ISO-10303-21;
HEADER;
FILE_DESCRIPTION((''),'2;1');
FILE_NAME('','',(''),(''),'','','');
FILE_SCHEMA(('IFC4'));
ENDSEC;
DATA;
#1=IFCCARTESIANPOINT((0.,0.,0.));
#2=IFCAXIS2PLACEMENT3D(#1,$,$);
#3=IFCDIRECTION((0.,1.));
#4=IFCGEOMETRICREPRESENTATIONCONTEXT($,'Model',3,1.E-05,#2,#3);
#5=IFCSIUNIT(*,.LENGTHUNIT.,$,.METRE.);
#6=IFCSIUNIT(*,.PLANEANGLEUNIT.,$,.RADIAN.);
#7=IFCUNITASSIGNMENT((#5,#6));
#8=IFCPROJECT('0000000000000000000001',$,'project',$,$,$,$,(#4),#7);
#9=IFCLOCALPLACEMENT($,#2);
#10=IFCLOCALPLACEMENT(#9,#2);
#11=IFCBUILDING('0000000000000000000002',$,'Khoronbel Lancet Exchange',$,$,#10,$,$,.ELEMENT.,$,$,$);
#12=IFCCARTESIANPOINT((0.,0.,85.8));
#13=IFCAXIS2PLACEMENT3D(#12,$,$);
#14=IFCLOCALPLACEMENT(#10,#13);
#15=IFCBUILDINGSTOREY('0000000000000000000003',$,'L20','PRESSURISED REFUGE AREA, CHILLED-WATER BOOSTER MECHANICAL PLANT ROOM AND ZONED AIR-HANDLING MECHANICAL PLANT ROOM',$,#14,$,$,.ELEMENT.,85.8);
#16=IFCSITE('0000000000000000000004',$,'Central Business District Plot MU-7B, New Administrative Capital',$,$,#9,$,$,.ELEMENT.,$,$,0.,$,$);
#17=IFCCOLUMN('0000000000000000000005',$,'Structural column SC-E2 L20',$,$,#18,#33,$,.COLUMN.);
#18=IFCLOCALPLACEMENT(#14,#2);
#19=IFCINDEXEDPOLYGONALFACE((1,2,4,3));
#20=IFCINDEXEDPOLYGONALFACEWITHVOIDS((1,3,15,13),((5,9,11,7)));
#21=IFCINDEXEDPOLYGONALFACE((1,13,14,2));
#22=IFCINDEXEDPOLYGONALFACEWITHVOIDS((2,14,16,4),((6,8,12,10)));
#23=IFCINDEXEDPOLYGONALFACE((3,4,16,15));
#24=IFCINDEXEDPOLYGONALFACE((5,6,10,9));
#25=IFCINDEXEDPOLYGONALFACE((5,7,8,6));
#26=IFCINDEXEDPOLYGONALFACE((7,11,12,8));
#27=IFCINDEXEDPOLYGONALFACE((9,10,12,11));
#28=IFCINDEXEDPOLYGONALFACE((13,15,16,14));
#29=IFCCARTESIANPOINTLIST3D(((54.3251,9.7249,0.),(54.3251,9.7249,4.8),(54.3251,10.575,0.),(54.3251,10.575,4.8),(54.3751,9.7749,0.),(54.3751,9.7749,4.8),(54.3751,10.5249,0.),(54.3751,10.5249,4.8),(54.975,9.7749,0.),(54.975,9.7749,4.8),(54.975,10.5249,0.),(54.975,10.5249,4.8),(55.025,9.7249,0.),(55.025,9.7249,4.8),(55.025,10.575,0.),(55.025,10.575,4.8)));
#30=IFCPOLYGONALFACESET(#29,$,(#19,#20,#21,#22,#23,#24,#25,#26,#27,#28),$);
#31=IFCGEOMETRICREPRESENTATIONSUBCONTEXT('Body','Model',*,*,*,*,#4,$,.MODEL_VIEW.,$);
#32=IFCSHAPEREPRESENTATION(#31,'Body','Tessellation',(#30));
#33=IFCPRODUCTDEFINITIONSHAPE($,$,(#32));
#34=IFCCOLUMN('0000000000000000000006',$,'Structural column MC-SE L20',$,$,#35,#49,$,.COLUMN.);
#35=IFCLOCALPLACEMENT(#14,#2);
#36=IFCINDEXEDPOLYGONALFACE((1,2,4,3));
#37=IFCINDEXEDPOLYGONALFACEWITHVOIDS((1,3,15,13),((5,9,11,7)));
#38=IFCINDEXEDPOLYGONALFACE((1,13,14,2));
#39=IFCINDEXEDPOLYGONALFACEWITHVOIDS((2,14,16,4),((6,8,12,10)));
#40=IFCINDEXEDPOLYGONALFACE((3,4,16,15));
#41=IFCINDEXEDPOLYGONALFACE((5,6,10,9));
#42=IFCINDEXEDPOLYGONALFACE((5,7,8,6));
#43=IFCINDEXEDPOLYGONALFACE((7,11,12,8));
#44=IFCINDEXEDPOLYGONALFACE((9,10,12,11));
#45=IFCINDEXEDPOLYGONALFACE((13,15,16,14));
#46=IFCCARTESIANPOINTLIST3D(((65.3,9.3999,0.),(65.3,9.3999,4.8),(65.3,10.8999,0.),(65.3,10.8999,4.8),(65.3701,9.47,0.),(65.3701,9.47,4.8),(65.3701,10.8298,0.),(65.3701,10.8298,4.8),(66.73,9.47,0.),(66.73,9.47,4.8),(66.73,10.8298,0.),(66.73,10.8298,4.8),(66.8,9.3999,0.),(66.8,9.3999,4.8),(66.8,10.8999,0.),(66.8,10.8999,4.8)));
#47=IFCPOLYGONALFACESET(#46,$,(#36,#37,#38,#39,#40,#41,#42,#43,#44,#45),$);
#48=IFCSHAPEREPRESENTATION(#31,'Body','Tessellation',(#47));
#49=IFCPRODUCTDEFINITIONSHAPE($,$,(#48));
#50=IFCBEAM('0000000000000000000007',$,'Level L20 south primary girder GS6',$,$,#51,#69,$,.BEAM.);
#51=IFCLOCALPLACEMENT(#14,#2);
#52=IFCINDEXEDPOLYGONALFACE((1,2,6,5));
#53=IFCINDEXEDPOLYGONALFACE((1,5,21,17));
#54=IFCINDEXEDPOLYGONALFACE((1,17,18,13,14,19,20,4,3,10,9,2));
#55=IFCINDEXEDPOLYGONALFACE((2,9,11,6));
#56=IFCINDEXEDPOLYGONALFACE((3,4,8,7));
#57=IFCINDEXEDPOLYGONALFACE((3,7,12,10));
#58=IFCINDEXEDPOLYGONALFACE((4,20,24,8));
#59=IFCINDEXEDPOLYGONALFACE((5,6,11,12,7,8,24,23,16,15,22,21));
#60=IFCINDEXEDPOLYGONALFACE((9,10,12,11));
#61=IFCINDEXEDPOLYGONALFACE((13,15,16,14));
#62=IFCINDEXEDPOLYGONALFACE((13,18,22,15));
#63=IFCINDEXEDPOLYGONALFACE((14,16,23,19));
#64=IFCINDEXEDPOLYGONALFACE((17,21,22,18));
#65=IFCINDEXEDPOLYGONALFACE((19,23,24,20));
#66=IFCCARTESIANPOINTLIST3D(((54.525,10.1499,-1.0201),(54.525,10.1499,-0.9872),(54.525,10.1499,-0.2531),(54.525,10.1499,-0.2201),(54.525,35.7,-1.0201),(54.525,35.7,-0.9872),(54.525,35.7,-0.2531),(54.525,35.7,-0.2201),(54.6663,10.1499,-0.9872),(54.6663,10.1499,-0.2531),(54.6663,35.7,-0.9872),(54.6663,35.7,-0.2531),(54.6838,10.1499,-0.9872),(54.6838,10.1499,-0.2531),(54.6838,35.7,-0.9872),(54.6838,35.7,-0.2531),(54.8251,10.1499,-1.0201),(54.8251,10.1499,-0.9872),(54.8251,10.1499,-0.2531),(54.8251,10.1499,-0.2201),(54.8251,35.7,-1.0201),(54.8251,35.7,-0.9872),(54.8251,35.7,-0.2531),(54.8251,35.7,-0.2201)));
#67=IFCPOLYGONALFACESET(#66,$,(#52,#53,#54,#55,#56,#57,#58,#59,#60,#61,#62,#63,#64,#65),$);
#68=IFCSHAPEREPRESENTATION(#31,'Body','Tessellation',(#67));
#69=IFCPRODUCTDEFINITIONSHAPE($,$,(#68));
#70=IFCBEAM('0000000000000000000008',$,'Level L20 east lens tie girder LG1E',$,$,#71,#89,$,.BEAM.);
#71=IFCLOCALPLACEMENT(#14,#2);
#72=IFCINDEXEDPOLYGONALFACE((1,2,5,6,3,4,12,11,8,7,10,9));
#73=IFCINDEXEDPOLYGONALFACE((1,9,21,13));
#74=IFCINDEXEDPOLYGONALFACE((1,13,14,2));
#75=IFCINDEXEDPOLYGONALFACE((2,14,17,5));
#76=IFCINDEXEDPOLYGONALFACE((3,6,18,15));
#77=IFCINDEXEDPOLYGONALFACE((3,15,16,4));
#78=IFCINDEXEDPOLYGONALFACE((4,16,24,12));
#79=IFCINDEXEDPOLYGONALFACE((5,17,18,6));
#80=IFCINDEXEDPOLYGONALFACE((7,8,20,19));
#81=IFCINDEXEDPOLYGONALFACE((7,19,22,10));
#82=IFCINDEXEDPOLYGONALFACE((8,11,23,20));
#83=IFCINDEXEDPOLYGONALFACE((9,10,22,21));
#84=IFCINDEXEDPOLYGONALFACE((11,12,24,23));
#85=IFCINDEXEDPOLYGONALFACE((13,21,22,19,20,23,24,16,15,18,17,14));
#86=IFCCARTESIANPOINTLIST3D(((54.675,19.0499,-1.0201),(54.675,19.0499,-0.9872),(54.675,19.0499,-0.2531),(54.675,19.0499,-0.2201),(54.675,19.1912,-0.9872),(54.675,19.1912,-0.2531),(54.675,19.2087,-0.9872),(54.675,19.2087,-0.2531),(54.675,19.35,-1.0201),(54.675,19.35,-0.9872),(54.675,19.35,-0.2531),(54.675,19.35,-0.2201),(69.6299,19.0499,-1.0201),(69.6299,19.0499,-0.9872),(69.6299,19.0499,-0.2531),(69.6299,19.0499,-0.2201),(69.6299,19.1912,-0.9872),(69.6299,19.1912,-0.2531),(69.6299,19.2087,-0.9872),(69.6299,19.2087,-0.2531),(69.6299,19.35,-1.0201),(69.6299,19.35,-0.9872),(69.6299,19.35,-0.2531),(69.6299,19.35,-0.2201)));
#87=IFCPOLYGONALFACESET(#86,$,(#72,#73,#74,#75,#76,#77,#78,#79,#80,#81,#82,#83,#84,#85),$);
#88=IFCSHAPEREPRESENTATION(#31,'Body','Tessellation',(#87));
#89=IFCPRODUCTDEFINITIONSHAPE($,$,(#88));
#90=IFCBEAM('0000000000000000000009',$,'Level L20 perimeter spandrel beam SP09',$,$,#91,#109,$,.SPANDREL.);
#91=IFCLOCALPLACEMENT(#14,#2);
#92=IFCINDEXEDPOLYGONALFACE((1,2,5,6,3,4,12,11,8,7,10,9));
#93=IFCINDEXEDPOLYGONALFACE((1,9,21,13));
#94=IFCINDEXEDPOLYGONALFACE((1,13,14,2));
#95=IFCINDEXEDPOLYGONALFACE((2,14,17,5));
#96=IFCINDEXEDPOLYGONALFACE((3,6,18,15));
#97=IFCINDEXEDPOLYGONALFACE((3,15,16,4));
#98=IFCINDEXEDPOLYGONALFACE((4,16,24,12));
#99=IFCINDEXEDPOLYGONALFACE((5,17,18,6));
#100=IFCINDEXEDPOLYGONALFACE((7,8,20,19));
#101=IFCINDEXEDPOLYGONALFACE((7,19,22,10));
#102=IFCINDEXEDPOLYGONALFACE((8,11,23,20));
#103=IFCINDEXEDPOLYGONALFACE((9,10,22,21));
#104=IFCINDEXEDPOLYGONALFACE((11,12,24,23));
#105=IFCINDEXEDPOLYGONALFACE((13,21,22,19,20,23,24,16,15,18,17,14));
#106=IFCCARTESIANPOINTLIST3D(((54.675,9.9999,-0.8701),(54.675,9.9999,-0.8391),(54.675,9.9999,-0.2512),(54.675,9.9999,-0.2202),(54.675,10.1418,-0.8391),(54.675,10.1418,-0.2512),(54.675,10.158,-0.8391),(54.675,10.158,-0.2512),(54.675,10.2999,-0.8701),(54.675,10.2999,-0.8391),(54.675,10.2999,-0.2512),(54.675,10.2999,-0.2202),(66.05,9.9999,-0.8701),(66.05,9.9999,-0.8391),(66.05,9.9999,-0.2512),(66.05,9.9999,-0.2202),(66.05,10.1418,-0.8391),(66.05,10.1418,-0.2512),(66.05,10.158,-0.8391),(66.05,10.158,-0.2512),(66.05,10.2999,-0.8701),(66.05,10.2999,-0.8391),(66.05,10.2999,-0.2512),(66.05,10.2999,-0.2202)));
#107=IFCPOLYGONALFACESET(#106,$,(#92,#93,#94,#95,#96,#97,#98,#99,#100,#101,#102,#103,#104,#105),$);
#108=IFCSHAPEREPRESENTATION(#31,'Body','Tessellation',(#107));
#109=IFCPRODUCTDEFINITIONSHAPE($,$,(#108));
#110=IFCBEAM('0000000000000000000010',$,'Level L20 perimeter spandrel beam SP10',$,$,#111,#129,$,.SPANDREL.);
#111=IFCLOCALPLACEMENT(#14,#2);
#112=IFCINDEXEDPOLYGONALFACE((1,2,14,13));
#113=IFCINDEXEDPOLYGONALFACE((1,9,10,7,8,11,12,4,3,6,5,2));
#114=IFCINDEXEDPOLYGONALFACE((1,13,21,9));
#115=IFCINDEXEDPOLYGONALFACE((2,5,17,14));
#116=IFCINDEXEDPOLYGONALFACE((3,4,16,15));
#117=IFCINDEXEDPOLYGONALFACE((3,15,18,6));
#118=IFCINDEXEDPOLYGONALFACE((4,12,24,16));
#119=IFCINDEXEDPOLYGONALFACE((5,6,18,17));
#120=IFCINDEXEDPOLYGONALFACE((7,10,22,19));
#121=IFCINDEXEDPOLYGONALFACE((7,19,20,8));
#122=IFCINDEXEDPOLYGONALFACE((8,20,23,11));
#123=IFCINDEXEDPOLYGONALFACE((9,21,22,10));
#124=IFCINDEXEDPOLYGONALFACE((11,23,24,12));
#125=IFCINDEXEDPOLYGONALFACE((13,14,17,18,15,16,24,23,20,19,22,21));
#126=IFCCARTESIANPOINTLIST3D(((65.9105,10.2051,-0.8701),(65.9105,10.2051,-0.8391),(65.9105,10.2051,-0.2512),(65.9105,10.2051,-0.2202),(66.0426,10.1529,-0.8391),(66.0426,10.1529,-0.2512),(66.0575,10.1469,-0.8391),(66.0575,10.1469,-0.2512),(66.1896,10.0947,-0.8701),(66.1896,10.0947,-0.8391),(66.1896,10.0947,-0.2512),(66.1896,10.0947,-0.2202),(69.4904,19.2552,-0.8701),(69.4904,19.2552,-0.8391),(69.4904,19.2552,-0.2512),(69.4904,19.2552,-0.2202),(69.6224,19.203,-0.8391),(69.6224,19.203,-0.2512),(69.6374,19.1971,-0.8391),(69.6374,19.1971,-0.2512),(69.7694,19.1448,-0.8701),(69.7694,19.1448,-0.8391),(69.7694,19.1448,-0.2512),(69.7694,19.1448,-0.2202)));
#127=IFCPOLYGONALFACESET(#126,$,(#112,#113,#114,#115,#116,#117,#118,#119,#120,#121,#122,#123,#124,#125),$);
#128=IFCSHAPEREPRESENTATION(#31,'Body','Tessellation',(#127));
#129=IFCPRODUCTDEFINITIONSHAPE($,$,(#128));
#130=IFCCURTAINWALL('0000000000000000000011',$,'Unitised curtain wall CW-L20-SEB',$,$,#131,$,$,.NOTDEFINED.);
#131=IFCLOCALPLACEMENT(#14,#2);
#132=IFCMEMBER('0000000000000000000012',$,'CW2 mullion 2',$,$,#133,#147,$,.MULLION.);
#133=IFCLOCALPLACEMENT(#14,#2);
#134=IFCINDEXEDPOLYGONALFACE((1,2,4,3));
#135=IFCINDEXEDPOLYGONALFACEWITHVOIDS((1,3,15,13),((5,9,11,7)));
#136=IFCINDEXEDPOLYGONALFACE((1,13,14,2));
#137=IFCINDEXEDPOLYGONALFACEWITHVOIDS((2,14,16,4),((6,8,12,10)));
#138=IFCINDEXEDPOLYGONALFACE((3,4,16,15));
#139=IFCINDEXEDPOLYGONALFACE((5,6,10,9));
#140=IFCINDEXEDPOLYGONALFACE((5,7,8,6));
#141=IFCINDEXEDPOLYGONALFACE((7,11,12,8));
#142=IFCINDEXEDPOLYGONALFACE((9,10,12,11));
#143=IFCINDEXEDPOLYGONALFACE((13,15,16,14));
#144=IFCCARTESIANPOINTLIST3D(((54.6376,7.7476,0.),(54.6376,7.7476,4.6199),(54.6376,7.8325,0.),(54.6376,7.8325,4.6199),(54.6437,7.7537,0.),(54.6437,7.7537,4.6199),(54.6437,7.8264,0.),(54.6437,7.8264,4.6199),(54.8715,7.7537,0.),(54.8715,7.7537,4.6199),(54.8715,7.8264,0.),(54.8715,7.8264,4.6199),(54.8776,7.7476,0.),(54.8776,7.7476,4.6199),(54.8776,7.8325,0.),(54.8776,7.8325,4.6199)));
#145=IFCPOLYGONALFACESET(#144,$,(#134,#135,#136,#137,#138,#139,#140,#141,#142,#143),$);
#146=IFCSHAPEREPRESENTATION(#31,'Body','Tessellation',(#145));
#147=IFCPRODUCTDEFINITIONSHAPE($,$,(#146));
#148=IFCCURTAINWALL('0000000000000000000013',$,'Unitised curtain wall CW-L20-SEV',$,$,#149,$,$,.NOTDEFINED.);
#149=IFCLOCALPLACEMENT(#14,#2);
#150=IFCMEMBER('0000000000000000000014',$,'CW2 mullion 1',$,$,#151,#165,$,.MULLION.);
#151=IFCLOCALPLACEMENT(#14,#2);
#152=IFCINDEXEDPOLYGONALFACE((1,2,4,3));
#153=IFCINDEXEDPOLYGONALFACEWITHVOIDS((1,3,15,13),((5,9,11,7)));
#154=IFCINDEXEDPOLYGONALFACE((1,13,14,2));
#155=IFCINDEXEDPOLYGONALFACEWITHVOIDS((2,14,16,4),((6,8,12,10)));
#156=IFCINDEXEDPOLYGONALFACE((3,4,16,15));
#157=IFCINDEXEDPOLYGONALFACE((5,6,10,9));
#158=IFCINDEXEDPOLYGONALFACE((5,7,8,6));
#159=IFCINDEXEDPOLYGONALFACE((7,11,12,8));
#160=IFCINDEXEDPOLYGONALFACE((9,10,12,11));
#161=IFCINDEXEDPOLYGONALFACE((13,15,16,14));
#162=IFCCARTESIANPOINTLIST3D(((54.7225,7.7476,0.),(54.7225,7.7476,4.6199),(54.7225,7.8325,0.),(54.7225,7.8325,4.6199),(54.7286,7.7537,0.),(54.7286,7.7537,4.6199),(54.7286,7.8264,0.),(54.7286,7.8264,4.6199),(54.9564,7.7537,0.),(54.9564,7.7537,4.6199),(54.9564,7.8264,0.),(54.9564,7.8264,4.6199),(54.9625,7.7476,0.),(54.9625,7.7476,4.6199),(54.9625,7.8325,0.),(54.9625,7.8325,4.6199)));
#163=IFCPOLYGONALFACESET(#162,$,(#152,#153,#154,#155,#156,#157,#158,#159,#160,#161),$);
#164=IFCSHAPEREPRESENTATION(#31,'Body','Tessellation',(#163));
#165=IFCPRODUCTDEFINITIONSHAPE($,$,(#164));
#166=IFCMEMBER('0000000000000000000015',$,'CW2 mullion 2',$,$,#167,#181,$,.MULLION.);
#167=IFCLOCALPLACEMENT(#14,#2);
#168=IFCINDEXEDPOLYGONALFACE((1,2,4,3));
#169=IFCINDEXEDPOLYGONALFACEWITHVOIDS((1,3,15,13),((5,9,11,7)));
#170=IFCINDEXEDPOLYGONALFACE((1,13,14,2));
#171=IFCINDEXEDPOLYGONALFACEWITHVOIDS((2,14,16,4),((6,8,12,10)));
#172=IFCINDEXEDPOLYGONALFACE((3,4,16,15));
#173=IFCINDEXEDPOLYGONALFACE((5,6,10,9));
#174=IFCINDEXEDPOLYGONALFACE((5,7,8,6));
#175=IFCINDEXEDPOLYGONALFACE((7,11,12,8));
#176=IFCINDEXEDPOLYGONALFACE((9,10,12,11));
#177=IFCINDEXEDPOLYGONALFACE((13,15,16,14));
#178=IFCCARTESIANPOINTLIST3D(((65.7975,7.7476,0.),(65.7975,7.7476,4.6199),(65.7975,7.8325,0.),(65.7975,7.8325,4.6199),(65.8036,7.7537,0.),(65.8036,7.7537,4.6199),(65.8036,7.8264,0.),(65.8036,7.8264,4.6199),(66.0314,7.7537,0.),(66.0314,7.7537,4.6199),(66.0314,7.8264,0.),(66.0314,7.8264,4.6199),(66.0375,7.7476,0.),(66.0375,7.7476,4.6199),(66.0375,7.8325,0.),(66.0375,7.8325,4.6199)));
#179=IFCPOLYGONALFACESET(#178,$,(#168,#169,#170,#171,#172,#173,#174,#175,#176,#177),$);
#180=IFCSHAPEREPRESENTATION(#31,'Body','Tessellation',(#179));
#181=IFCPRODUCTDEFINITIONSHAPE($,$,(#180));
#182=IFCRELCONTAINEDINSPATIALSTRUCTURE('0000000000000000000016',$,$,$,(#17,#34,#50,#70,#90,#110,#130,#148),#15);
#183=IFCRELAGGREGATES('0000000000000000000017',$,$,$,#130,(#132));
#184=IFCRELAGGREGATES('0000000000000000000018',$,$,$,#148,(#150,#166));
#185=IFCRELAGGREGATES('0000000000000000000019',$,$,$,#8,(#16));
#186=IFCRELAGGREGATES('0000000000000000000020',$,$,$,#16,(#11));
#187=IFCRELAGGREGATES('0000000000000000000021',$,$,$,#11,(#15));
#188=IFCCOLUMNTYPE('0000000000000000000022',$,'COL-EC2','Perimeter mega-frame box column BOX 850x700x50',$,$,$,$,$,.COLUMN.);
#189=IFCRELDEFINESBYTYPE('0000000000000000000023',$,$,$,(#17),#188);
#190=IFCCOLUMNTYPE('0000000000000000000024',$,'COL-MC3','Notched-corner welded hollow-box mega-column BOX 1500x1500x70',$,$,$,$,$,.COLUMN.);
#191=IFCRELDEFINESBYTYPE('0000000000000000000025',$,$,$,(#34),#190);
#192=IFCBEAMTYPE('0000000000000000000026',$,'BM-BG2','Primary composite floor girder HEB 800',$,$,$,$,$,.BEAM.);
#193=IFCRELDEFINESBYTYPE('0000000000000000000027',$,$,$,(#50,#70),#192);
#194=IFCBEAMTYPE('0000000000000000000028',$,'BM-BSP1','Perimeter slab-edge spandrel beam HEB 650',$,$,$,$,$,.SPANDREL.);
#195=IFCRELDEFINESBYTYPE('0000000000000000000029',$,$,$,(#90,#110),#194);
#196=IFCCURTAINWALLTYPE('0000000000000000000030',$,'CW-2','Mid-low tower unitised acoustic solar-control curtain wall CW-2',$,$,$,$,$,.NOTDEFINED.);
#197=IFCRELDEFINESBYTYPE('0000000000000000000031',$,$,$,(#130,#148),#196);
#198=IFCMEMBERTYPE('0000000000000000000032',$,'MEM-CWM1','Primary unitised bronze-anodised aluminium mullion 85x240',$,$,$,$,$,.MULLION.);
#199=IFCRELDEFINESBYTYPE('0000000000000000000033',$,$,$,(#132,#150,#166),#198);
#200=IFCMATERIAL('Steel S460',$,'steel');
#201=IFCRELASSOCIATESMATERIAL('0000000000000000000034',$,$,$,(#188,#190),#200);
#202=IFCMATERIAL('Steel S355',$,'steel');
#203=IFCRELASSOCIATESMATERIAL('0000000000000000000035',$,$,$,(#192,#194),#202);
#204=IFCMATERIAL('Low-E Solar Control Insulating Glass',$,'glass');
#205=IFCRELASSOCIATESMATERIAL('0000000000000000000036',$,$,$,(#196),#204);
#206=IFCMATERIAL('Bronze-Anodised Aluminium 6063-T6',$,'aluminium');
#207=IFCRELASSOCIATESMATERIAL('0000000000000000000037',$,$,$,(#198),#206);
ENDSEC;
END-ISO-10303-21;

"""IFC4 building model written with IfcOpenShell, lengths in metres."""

from ifc_helpers import new_model, si_unit, direction, frame, origin, origin_2d, place, context, subcontext, project, spatial, hollow_rectangle, i_section, extrude, material, material_profile, profile_set, type_object, element, aggregate, save


model = new_model("IFC4")

# Units and contexts
model_context = context("Model", 3, precision=1e-05, world=origin(), true_north=direction((0.0, 1.0)))
body_context = subcontext(model_context, "Body", "Model", "MODEL_VIEW")
ifc_project = project(units=[si_unit("LENGTHUNIT", "METRE"), si_unit("PLANEANGLEUNIT", "RADIAN")], contexts=[model_context])

# Site, building, storey
site_placement = place(None, origin())
site = spatial("IfcSite", under=ifc_project, at=site_placement, Name="Central Business District Plot MU-7B, New Administrative Capital", CompositionType="ELEMENT", RefElevation=0.0)
building_placement = place(site_placement, origin())
building = spatial("IfcBuilding", under=site, at=building_placement, Name="Khoronbel Lancet Exchange", CompositionType="ELEMENT")
storey_placement = place(building_placement, frame((0.0, 0.0, 85.8)))
storey = spatial("IfcBuildingStorey", under=building, at=storey_placement, Name="L20", Description="PRESSURISED REFUGE AREA, CHILLED-WATER BOOSTER MECHANICAL PLANT ROOM AND ZONED AIR-HANDLING MECHANICAL PLANT ROOM", CompositionType="ELEMENT", Elevation=85.8)

# Columns
ifc_material_1 = material(Name="Steel S460", Category="steel")
ifc_material_profile_1 = material_profile(ifc_material_1, hollow_rectangle(XDim=0.7, YDim=0.8501, WallThickness=0.05, at=origin_2d()), Name="BOX 850x700x50")
ifc_profile_set_1 = profile_set([ifc_material_profile_1], Name="Steel S460")
column_type_1 = type_object("IfcColumnType", Name="COL-EC2", Description="Perimeter mega-frame box column BOX 850x700x50", PredefinedType="COLUMN", material=ifc_profile_set_1)
column_1_placement = place(storey_placement, frame((54.675, 10.1499, 0.0), z_axis=(0.0, 0.0, 1.0), x_axis=(1.0, 0.0, 0.0)))
element("IfcColumn", 1, at=column_1_placement, inside=storey, type_object=column_type_1, Name="Structural column SC-E2 L20", PredefinedType="COLUMN", context=body_context, shape_type="SweptSolid", body=[
    extrude(hollow_rectangle(XDim=0.7, YDim=0.8501, WallThickness=0.05, at=origin_2d()), origin(), (0.0, 0.0, 1.0), 4.8),
])
ifc_material_profile_2 = material_profile(ifc_material_1, hollow_rectangle(XDim=1.5, YDim=1.5, WallThickness=0.0701, at=origin_2d()), Name="BOX 1500x1500x70")
ifc_profile_set_2 = profile_set([ifc_material_profile_2], Name="Steel S460")
column_type_2 = type_object("IfcColumnType", Name="COL-MC3", Description="Notched-corner welded hollow-box mega-column BOX 1500x1500x70", PredefinedType="COLUMN", material=ifc_profile_set_2)
column_2_placement = place(storey_placement, frame((66.05, 10.1499, 0.0), z_axis=(0.0, 0.0, 1.0), x_axis=(1.0, 0.0, 0.0)))
element("IfcColumn", 2, at=column_2_placement, inside=storey, type_object=column_type_2, Name="Structural column MC-SE L20", PredefinedType="COLUMN", context=body_context, shape_type="SweptSolid", body=[
    extrude(hollow_rectangle(XDim=1.5, YDim=1.5, WallThickness=0.0701, at=origin_2d()), origin(), (0.0, 0.0, 1.0), 4.8),
])

# Beams
ifc_material_2 = material(Name="Steel S355", Category="steel")
ifc_material_profile_3 = material_profile(ifc_material_2, i_section(OverallWidth=0.3, OverallDepth=0.8, WebThickness=0.0176, FlangeThickness=0.033, at=origin_2d()), Name="HEB 800")
ifc_profile_set_3 = profile_set([ifc_material_profile_3], Name="Steel S355")
beam_type_1 = type_object("IfcBeamType", Name="BM-BG2", Description="Primary composite floor girder HEB 800", PredefinedType="BEAM", material=ifc_profile_set_3)
beam_1_placement = place(storey_placement, frame((54.675, 10.1499, -0.6201), z_axis=(0.0, 1.0, 0.0), x_axis=(-1.0, 0.0, 0.0)))
element("IfcBeam", 3, at=beam_1_placement, inside=storey, type_object=beam_type_1, Name="Level L20 south primary girder GS6", PredefinedType="BEAM", context=body_context, shape_type="SweptSolid", body=[
    extrude(i_section(OverallWidth=0.3, OverallDepth=0.8, WebThickness=0.0176, FlangeThickness=0.033, at=origin_2d()), origin(), (0.0, 0.0, 1.0), 25.55),
])
beam_2_placement = place(storey_placement, frame((54.675, 19.2, -0.6201), z_axis=(1.0, 0.0, 0.0), x_axis=(0.0, 1.0, 0.0)))
element("IfcBeam", 4, at=beam_2_placement, inside=storey, type_object=beam_type_1, Name="Level L20 east lens tie girder LG1E", PredefinedType="BEAM", context=body_context, shape_type="SweptSolid", body=[
    extrude(i_section(OverallWidth=0.3, OverallDepth=0.8, WebThickness=0.0176, FlangeThickness=0.033, at=origin_2d()), origin(), (0.0, 0.0, 1.0), 14.9548),
])
ifc_material_profile_4 = material_profile(ifc_material_2, i_section(OverallWidth=0.3, OverallDepth=0.6499, WebThickness=0.0161, FlangeThickness=0.031, at=origin_2d()), Name="HEB 650")
ifc_profile_set_4 = profile_set([ifc_material_profile_4], Name="Steel S355")
beam_type_2 = type_object("IfcBeamType", Name="BM-BSP1", Description="Perimeter slab-edge spandrel beam HEB 650", PredefinedType="SPANDREL", material=ifc_profile_set_4)
beam_3_placement = place(storey_placement, frame((54.675, 10.1499, -0.5452), z_axis=(1.0, 0.0, 0.0), x_axis=(0.0, 1.0, 0.0)))
element("IfcBeam", 5, at=beam_3_placement, inside=storey, type_object=beam_type_2, Name="Level L20 perimeter spandrel beam SP09", PredefinedType="SPANDREL", context=body_context, shape_type="SweptSolid", body=[
    extrude(i_section(OverallWidth=0.3, OverallDepth=0.6499, WebThickness=0.0161, FlangeThickness=0.031, at=origin_2d()), origin(), (0.0, 0.0, 1.0), 11.375),
])
beam_4_placement = place(storey_placement, frame((66.05, 10.1499, -0.5452), z_axis=(0.367828, 0.929894, 0.0), x_axis=(-0.929894, 0.367828, 0.0)))
element("IfcBeam", 6, at=beam_4_placement, inside=storey, type_object=beam_type_2, Name="Level L20 perimeter spandrel beam SP10", PredefinedType="SPANDREL", context=body_context, shape_type="SweptSolid", body=[
    extrude(i_section(OverallWidth=0.3, OverallDepth=0.6499, WebThickness=0.0161, FlangeThickness=0.031, at=origin_2d()), origin(), (0.0, 0.0, 1.0), 9.7324),
])

# Curtain wall, member
ifc_material_3 = material(Name="Low-E Solar Control Insulating Glass", Category="glass")
curtain_wall_type_1 = type_object("IfcCurtainWallType", Name="CW-2", Description="Mid-low tower unitised acoustic solar-control curtain wall CW-2", PredefinedType="NOTDEFINED", material=ifc_material_3)
curtain_wall_1_placement = place(storey_placement, origin())
curtain_wall_1 = element("IfcCurtainWall", 7, at=curtain_wall_1_placement, inside=storey, type_object=curtain_wall_type_1, Name="Unitised curtain wall CW-L20-SEB", PredefinedType="NOTDEFINED")
ifc_material_4 = material(Name="Bronze-Anodised Aluminium 6063-T6", Category="aluminium")
ifc_material_profile_5 = material_profile(ifc_material_4, hollow_rectangle(XDim=0.085, YDim=0.24, WallThickness=0.0061, at=origin_2d()), Name="ALU MULLION 85x240")
ifc_profile_set_5 = profile_set([ifc_material_profile_5], Name="Bronze-Anodised Aluminium 6063-T6")
member_type_1 = type_object("IfcMemberType", Name="MEM-CWM1", Description="Primary unitised bronze-anodised aluminium mullion 85x240", PredefinedType="MULLION", material=ifc_profile_set_5)
member_1_placement = place(storey_placement, frame((54.7576, 7.79, 0.0), z_axis=(0.0, 0.0, 1.0), x_axis=(0.0, 1.0, 0.0)))
member_1 = element("IfcMember", 8, at=member_1_placement, type_object=member_type_1, Name="CW2 mullion 2", PredefinedType="MULLION", context=body_context, shape_type="SweptSolid", body=[
    extrude(hollow_rectangle(XDim=0.085, YDim=0.24, WallThickness=0.0061, at=origin_2d()), origin(), (0.0, 0.0, 1.0), 4.6199),
])

# Curtain wall, members
curtain_wall_2_placement = place(storey_placement, origin())
curtain_wall_2 = element("IfcCurtainWall", 9, at=curtain_wall_2_placement, inside=storey, type_object=curtain_wall_type_1, Name="Unitised curtain wall CW-L20-SEV", PredefinedType="NOTDEFINED")
member_2_placement = place(storey_placement, frame((54.8425, 7.79, 0.0), z_axis=(0.0, 0.0, 1.0), x_axis=(0.0, 1.0, 0.0)))
member_2 = element("IfcMember", 10, at=member_2_placement, type_object=member_type_1, Name="CW2 mullion 1", PredefinedType="MULLION", context=body_context, shape_type="SweptSolid", body=[
    extrude(hollow_rectangle(XDim=0.085, YDim=0.24, WallThickness=0.0061, at=origin_2d()), origin(), (0.0, 0.0, 1.0), 4.6199),
])
member_3_placement = place(storey_placement, frame((65.9175, 7.79, 0.0), z_axis=(0.0, 0.0, 1.0), x_axis=(0.0, 1.0, 0.0)))
member_3 = element("IfcMember", 11, at=member_3_placement, type_object=member_type_1, Name="CW2 mullion 2", PredefinedType="MULLION", context=body_context, shape_type="SweptSolid", body=[
    extrude(hollow_rectangle(XDim=0.085, YDim=0.24, WallThickness=0.0061, at=origin_2d()), origin(), (0.0, 0.0, 1.0), 4.6199),
])

aggregate(curtain_wall_1, [member_1])
aggregate(curtain_wall_2, [member_2, member_3])

save(model, "model.ifc")
